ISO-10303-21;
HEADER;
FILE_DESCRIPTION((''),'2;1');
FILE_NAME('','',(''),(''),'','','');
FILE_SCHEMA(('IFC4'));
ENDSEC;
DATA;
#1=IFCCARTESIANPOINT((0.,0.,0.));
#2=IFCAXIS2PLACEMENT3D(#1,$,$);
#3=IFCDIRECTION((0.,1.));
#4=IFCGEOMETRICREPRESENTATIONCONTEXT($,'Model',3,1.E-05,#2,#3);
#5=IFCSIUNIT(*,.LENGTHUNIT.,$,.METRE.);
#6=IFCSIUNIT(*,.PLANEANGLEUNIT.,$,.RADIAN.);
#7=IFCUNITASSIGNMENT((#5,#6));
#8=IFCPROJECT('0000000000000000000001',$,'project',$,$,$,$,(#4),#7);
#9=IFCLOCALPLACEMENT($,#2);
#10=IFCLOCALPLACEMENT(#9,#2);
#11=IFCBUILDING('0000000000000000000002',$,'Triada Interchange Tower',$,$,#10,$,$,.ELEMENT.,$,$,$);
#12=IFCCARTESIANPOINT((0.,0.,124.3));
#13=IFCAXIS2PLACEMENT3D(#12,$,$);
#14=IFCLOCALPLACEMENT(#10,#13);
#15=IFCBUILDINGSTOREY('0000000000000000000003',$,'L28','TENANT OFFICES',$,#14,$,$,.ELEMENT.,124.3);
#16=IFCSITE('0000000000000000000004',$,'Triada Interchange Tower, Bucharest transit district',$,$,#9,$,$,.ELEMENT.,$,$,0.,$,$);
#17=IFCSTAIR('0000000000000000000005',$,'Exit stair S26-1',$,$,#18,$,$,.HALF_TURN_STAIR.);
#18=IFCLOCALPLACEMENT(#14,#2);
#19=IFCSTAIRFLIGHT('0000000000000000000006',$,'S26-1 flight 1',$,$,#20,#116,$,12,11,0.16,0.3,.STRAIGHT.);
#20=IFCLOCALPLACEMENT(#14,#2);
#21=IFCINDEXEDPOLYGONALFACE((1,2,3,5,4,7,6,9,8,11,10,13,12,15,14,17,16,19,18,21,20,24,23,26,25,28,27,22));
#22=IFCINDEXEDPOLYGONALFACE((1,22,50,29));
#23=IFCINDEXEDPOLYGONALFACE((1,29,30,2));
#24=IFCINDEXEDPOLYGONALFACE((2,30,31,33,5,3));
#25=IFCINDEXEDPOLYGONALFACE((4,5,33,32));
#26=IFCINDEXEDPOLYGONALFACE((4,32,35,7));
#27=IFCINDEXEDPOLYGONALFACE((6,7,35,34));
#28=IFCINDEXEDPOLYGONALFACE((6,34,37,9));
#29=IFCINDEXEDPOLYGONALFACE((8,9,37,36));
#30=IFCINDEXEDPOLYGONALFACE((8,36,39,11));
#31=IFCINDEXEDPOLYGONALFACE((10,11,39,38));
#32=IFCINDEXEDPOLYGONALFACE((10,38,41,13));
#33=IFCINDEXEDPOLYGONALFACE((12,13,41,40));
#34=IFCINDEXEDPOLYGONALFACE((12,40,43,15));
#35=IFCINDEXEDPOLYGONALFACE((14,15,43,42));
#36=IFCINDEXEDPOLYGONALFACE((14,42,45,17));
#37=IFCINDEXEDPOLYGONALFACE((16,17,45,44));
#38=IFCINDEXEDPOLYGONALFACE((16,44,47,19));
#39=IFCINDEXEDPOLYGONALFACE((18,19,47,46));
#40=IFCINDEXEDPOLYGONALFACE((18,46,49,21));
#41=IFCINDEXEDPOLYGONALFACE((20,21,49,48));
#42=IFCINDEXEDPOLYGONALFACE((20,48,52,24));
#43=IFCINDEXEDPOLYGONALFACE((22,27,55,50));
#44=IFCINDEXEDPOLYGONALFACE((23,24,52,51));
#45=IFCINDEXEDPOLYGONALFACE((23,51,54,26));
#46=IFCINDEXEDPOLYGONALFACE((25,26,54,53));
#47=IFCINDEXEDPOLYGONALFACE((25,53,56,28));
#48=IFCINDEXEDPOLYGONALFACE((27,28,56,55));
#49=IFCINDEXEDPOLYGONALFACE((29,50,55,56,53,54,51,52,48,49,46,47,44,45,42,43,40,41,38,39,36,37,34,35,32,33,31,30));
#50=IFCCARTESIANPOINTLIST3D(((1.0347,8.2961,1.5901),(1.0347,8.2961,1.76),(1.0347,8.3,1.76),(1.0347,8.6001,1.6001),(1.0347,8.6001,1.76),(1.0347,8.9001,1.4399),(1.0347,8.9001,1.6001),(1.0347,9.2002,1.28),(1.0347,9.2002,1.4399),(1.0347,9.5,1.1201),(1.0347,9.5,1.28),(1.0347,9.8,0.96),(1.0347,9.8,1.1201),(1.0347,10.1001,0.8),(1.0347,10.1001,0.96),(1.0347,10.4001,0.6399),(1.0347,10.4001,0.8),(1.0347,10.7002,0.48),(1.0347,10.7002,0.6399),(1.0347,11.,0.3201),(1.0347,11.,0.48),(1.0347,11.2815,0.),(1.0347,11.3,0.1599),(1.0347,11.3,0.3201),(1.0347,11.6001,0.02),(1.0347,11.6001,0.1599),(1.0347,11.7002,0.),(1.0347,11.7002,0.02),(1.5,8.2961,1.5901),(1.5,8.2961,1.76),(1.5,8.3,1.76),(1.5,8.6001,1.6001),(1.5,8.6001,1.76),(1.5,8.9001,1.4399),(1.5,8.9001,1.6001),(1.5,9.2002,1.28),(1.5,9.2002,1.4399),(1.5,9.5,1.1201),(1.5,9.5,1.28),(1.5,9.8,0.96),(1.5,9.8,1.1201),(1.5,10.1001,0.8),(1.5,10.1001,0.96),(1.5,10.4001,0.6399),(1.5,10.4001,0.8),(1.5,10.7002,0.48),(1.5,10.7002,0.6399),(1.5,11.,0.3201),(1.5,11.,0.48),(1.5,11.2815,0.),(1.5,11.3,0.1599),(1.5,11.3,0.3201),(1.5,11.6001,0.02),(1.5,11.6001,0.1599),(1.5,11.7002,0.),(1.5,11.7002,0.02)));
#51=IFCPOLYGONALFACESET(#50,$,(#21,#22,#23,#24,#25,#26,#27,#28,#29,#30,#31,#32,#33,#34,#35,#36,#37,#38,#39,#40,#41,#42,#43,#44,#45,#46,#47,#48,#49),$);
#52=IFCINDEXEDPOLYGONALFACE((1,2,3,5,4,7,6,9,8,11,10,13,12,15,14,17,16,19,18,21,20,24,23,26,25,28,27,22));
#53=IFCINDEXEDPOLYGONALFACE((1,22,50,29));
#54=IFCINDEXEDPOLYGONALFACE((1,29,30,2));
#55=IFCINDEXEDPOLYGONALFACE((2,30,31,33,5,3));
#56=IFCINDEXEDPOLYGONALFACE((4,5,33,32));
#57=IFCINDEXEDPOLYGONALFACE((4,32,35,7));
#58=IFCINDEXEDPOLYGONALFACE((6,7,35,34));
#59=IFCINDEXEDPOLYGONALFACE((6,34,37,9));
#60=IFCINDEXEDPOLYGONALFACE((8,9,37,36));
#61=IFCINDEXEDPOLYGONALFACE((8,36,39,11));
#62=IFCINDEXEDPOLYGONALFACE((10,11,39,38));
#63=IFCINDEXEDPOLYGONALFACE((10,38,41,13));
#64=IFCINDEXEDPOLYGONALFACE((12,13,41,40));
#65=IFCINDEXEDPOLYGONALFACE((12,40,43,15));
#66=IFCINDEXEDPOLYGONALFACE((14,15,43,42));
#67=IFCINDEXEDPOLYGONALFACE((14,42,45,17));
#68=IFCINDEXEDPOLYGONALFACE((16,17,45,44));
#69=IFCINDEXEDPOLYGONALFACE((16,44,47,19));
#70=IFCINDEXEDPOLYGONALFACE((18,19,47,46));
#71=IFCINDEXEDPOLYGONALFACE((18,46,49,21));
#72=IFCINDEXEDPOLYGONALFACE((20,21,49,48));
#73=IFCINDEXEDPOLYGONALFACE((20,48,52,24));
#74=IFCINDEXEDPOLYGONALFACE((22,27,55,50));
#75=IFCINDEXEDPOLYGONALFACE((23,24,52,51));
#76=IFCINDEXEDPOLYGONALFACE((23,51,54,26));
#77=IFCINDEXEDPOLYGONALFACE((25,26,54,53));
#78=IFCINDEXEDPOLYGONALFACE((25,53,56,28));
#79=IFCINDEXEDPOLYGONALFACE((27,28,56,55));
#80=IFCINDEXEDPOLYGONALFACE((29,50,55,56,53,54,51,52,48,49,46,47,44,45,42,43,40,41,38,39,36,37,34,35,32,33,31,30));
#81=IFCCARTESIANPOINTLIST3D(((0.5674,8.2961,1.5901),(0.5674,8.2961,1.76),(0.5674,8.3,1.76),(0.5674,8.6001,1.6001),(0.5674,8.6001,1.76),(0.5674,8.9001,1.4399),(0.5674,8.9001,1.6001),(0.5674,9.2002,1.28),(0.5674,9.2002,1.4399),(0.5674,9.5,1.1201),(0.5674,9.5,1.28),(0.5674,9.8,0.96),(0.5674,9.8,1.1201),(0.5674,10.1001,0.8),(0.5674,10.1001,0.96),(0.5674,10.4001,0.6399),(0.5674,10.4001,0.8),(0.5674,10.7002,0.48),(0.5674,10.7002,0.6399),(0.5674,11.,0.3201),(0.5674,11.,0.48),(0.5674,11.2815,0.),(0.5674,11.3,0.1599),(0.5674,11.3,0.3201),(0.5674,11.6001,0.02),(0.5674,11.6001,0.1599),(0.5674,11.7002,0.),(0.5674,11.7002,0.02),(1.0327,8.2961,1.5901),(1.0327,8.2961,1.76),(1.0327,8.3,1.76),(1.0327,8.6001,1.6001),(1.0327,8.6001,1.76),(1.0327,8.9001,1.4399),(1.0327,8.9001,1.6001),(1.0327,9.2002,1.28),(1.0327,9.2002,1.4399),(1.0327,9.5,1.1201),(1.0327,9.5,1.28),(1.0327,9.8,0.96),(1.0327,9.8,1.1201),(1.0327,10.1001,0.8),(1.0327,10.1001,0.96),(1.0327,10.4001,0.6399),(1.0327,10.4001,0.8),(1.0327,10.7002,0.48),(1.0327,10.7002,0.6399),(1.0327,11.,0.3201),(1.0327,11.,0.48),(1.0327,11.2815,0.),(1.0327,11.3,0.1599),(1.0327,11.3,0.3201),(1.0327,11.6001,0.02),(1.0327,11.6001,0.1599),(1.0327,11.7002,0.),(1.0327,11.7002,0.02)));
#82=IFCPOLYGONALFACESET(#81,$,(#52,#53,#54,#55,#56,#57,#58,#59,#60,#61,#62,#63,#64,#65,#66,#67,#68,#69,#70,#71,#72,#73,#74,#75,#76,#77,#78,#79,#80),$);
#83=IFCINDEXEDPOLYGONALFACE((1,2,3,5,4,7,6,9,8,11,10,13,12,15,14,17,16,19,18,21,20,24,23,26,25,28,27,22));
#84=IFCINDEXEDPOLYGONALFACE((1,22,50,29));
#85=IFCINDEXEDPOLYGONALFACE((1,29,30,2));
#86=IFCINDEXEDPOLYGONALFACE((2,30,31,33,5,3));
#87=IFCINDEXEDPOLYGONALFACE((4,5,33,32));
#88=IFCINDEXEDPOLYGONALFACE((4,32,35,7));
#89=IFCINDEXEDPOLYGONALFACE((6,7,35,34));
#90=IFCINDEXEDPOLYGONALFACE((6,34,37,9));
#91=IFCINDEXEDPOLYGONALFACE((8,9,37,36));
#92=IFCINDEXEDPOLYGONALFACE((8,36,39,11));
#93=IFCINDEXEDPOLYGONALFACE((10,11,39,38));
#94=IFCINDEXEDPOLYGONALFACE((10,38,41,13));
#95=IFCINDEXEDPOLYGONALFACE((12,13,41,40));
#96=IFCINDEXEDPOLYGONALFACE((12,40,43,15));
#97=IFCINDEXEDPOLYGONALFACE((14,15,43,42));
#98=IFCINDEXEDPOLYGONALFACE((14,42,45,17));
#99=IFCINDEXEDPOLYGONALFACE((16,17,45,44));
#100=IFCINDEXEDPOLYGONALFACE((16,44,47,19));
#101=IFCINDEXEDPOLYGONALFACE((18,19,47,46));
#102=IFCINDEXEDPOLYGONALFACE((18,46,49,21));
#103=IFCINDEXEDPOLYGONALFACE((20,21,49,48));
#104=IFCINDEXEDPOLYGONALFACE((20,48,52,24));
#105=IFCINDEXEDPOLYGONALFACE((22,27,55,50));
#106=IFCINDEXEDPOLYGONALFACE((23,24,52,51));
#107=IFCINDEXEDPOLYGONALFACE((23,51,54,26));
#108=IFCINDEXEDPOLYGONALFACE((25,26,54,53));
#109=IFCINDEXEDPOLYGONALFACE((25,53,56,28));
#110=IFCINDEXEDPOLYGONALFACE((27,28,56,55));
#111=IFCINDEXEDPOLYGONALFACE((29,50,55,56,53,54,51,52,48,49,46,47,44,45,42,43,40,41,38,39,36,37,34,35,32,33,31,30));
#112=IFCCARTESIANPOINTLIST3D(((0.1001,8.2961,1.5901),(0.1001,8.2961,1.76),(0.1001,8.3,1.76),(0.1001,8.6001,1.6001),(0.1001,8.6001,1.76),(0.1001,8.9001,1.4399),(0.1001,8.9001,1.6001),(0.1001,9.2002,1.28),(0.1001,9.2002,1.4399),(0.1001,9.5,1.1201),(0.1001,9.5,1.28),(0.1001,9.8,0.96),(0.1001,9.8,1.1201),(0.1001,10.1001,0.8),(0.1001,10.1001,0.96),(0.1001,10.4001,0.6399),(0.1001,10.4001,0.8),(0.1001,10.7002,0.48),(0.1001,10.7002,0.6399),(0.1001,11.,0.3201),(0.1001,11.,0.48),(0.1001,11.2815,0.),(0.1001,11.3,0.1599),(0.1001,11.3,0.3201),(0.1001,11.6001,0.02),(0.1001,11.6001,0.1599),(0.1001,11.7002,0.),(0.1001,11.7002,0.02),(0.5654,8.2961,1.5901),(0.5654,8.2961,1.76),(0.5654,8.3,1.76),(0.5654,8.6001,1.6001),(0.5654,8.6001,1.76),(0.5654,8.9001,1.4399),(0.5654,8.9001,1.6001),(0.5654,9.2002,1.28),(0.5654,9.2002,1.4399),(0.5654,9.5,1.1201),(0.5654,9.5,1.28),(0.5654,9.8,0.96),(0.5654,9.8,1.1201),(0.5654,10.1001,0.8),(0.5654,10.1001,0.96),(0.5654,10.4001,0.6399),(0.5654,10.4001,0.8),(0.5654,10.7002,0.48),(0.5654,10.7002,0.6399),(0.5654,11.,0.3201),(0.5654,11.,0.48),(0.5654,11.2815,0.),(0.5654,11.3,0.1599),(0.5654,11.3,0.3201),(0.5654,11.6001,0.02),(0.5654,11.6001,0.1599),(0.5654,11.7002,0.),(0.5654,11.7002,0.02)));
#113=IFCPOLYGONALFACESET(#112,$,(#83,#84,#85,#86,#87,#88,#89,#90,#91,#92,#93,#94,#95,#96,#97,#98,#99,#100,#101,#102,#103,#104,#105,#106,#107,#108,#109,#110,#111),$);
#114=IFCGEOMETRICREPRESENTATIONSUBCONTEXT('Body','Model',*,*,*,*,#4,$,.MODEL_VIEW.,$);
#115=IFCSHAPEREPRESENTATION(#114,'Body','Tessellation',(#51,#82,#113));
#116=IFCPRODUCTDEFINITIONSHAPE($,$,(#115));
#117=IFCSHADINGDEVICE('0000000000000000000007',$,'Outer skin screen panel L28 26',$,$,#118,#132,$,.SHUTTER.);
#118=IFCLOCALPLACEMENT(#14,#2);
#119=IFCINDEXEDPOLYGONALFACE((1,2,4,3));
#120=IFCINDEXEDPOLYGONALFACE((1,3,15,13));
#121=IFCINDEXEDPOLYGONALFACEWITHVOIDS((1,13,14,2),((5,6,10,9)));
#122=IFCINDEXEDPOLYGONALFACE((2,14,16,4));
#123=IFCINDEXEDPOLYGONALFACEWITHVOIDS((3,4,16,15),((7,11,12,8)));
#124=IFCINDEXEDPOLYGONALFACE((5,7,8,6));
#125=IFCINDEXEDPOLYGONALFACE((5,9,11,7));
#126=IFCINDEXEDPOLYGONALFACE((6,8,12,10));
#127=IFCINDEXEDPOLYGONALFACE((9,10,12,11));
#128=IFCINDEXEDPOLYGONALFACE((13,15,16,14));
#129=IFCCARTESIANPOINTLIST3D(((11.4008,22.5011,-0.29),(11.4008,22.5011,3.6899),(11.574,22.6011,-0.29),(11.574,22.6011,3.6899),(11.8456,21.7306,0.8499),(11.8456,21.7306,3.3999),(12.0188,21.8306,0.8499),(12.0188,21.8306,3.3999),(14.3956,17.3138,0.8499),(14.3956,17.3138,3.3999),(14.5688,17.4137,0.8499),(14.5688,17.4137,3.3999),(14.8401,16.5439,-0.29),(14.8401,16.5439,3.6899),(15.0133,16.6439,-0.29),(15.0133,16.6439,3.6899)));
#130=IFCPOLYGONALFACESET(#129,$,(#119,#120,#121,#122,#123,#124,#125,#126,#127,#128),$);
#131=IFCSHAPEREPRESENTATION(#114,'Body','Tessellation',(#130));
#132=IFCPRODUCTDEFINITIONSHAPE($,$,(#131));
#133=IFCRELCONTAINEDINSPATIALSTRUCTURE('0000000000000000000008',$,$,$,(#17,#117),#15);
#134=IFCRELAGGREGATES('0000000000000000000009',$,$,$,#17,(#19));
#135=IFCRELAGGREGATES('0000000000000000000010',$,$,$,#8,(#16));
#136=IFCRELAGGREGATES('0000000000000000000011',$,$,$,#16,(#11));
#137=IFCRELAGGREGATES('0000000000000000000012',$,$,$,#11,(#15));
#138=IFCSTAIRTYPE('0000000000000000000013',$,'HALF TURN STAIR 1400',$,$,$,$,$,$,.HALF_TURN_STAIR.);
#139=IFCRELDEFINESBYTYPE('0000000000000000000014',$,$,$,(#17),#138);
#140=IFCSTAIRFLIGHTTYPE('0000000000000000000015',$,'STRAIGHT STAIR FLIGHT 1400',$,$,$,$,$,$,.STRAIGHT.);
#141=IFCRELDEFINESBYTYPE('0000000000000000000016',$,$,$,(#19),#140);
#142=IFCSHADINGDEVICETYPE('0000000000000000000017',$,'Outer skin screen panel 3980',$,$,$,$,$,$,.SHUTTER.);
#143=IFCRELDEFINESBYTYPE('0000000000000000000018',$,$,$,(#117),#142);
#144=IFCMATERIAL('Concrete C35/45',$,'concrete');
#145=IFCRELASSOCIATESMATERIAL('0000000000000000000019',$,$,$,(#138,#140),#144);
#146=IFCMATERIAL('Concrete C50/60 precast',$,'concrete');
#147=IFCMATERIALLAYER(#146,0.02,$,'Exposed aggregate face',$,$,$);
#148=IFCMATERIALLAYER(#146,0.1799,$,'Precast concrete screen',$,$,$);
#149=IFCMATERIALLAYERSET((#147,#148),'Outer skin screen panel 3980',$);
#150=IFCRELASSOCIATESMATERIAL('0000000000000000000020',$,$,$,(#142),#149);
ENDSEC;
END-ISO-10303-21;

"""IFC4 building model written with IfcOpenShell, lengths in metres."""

from ifc_helpers import new_model, si_unit, direction, frame, origin, place, context, subcontext, project, spatial, polyline, outline, extrude, material, layer, layer_set, type_object, element, aggregate, save


model = new_model("IFC4")

# Units and contexts
model_context = context("Model", 3, precision=1e-05, world=origin(), true_north=direction((0.0, 1.0)))
body_context = subcontext(model_context, "Body", "Model", "MODEL_VIEW")
ifc_project = project(units=[si_unit("LENGTHUNIT", "METRE"), si_unit("PLANEANGLEUNIT", "RADIAN")], contexts=[model_context])

# Site, building, storey
site_placement = place(None, origin())
site = spatial("IfcSite", under=ifc_project, at=site_placement, Name="Triada Interchange Tower, Bucharest transit district", CompositionType="ELEMENT", RefElevation=0.0)
building_placement = place(site_placement, origin())
building = spatial("IfcBuilding", under=site, at=building_placement, Name="Triada Interchange Tower", CompositionType="ELEMENT")
storey_placement = place(building_placement, frame((0.0, 0.0, 124.3)))
storey = spatial("IfcBuildingStorey", under=building, at=storey_placement, Name="L28", Description="TENANT OFFICES", CompositionType="ELEMENT", Elevation=124.3)

# Stair, stair flight
ifc_material_1 = material(Name="Concrete C35/45", Category="concrete")
stair_type = type_object("IfcStairType", Name="HALF TURN STAIR 1400", PredefinedType="HALF_TURN_STAIR", material=ifc_material_1)
stair_placement = place(storey_placement, origin())
stair = element("IfcStair", 1, at=stair_placement, inside=storey, type_object=stair_type, Name="Exit stair S26-1", PredefinedType="HALF_TURN_STAIR")
stair_flight_type = type_object("IfcStairFlightType", Name="STRAIGHT STAIR FLIGHT 1400", PredefinedType="STRAIGHT", material=ifc_material_1)
stair_flight_placement = place(storey_placement, frame((0.8, 11.6001, 0.0), z_axis=(0.0, 0.0, 1.0), x_axis=(0.0, -1.0, 0.0)))
stair_flight = element("IfcStairFlight", 2, at=stair_flight_placement, type_object=stair_flight_type, Name="S26-1 flight 1", NumberOfRisers=12, NumberOfTreads=11, PredefinedType="STRAIGHT", RiserHeight=0.16, TreadLength=0.3, context=body_context, shape_type="SweptSolid", body=[
    extrude(outline(polyline([(-0.1001, 0.0), (-0.1001, 0.02), (0.0, 0.02), (0.0, 0.1599), (0.3, 0.1599), (0.3, 0.3201), (0.6001, 0.3201), (0.6001, 0.48), (0.8999, 0.48), (0.8999, 0.6399), (1.2, 0.6399), (1.2, 0.8), (1.5, 0.8), (1.5, 0.96), (1.8, 0.96), (1.8, 1.1201), (2.1001, 1.1201), (2.1001, 1.28), (2.3999, 1.28), (2.3999, 1.4399), (2.7, 1.4399), (2.7, 1.6001), (3.0, 1.6001), (3.0, 1.76), (3.3, 1.76), (3.304, 1.76), (3.304, 1.9199), (3.304, 1.5901), (0.3186, 0.0), (-0.1001, 0.0)])), frame((0.0, 0.7, 0.0), z_axis=(0.0, -1.0, 0.0), x_axis=(1.0, 0.0, 0.0)), (0.0, 0.0, 1.0), 0.4653),
    extrude(outline(polyline([(-0.1001, 0.0), (-0.1001, 0.02), (0.0, 0.02), (0.0, 0.1599), (0.3, 0.1599), (0.3, 0.3201), (0.6001, 0.3201), (0.6001, 0.48), (0.8999, 0.48), (0.8999, 0.6399), (1.2, 0.6399), (1.2, 0.8), (1.5, 0.8), (1.5, 0.96), (1.8, 0.96), (1.8, 1.1201), (2.1001, 1.1201), (2.1001, 1.28), (2.3999, 1.28), (2.3999, 1.4399), (2.7, 1.4399), (2.7, 1.6001), (3.0, 1.6001), (3.0, 1.76), (3.3, 1.76), (3.304, 1.76), (3.304, 1.9199), (3.304, 1.5901), (0.3186, 0.0), (-0.1001, 0.0)])), frame((0.0, 0.2327, 0.0), z_axis=(0.0, -1.0, 0.0), x_axis=(1.0, 0.0, 0.0)), (0.0, 0.0, 1.0), 0.4653),
    extrude(outline(polyline([(-0.1001, 0.0), (-0.1001, 0.02), (0.0, 0.02), (0.0, 0.1599), (0.3, 0.1599), (0.3, 0.3201), (0.6001, 0.3201), (0.6001, 0.48), (0.8999, 0.48), (0.8999, 0.6399), (1.2, 0.6399), (1.2, 0.8), (1.5, 0.8), (1.5, 0.96), (1.8, 0.96), (1.8, 1.1201), (2.1001, 1.1201), (2.1001, 1.28), (2.3999, 1.28), (2.3999, 1.4399), (2.7, 1.4399), (2.7, 1.6001), (3.0, 1.6001), (3.0, 1.76), (3.3, 1.76), (3.304, 1.76), (3.304, 1.9199), (3.304, 1.5901), (0.3186, 0.0), (-0.1001, 0.0)])), frame((0.0, -0.2346, 0.0), z_axis=(0.0, -1.0, 0.0), x_axis=(1.0, 0.0, 0.0)), (0.0, 0.0, 1.0), 0.4653),
])

# Shading device
ifc_material_2 = material(Name="Concrete C50/60 precast", Category="concrete")
ifc_layer_1 = layer(ifc_material_2, 0.02, Name="Exposed aggregate face")
ifc_layer_2 = layer(ifc_material_2, 0.1799, Name="Precast concrete screen")
ifc_layer_set_1 = layer_set([ifc_layer_1, ifc_layer_2], Name="Outer skin screen panel 3980")
shading_device_type = type_object("IfcShadingDeviceType", Name="Outer skin screen panel 3980", PredefinedType="SHUTTER", material=ifc_layer_set_1)
shading_device_placement = place(storey_placement, frame((14.8401, 16.5439, -0.29), z_axis=(0.0, 0.0, 1.0), x_axis=(-0.499991, 0.866031, 0.0)))
element("IfcShadingDevice", 3, at=shading_device_placement, inside=storey, type_object=shading_device_type, Name="Outer skin screen panel L28 26", PredefinedType="SHUTTER", context=body_context, shape_type="SweptSolid", body=[
    extrude(outline(polyline([(0.0, 0.0), (6.8787, 0.0), (6.8787, 3.98), (0.0, 3.98), (0.0, 0.0)]), holes=[polyline([(0.8889, 1.1399), (0.8889, 3.6899), (5.989, 3.6899), (5.989, 1.1399), (0.8889, 1.1399)])]), frame((0.0, 0.0, 0.0), z_axis=(0.0, -1.0, 0.0), x_axis=(1.0, 0.0, 0.0)), (0.0, 0.0, 1.0), 0.2),
])

aggregate(stair, [stair_flight])

save(model, "model.ifc")
